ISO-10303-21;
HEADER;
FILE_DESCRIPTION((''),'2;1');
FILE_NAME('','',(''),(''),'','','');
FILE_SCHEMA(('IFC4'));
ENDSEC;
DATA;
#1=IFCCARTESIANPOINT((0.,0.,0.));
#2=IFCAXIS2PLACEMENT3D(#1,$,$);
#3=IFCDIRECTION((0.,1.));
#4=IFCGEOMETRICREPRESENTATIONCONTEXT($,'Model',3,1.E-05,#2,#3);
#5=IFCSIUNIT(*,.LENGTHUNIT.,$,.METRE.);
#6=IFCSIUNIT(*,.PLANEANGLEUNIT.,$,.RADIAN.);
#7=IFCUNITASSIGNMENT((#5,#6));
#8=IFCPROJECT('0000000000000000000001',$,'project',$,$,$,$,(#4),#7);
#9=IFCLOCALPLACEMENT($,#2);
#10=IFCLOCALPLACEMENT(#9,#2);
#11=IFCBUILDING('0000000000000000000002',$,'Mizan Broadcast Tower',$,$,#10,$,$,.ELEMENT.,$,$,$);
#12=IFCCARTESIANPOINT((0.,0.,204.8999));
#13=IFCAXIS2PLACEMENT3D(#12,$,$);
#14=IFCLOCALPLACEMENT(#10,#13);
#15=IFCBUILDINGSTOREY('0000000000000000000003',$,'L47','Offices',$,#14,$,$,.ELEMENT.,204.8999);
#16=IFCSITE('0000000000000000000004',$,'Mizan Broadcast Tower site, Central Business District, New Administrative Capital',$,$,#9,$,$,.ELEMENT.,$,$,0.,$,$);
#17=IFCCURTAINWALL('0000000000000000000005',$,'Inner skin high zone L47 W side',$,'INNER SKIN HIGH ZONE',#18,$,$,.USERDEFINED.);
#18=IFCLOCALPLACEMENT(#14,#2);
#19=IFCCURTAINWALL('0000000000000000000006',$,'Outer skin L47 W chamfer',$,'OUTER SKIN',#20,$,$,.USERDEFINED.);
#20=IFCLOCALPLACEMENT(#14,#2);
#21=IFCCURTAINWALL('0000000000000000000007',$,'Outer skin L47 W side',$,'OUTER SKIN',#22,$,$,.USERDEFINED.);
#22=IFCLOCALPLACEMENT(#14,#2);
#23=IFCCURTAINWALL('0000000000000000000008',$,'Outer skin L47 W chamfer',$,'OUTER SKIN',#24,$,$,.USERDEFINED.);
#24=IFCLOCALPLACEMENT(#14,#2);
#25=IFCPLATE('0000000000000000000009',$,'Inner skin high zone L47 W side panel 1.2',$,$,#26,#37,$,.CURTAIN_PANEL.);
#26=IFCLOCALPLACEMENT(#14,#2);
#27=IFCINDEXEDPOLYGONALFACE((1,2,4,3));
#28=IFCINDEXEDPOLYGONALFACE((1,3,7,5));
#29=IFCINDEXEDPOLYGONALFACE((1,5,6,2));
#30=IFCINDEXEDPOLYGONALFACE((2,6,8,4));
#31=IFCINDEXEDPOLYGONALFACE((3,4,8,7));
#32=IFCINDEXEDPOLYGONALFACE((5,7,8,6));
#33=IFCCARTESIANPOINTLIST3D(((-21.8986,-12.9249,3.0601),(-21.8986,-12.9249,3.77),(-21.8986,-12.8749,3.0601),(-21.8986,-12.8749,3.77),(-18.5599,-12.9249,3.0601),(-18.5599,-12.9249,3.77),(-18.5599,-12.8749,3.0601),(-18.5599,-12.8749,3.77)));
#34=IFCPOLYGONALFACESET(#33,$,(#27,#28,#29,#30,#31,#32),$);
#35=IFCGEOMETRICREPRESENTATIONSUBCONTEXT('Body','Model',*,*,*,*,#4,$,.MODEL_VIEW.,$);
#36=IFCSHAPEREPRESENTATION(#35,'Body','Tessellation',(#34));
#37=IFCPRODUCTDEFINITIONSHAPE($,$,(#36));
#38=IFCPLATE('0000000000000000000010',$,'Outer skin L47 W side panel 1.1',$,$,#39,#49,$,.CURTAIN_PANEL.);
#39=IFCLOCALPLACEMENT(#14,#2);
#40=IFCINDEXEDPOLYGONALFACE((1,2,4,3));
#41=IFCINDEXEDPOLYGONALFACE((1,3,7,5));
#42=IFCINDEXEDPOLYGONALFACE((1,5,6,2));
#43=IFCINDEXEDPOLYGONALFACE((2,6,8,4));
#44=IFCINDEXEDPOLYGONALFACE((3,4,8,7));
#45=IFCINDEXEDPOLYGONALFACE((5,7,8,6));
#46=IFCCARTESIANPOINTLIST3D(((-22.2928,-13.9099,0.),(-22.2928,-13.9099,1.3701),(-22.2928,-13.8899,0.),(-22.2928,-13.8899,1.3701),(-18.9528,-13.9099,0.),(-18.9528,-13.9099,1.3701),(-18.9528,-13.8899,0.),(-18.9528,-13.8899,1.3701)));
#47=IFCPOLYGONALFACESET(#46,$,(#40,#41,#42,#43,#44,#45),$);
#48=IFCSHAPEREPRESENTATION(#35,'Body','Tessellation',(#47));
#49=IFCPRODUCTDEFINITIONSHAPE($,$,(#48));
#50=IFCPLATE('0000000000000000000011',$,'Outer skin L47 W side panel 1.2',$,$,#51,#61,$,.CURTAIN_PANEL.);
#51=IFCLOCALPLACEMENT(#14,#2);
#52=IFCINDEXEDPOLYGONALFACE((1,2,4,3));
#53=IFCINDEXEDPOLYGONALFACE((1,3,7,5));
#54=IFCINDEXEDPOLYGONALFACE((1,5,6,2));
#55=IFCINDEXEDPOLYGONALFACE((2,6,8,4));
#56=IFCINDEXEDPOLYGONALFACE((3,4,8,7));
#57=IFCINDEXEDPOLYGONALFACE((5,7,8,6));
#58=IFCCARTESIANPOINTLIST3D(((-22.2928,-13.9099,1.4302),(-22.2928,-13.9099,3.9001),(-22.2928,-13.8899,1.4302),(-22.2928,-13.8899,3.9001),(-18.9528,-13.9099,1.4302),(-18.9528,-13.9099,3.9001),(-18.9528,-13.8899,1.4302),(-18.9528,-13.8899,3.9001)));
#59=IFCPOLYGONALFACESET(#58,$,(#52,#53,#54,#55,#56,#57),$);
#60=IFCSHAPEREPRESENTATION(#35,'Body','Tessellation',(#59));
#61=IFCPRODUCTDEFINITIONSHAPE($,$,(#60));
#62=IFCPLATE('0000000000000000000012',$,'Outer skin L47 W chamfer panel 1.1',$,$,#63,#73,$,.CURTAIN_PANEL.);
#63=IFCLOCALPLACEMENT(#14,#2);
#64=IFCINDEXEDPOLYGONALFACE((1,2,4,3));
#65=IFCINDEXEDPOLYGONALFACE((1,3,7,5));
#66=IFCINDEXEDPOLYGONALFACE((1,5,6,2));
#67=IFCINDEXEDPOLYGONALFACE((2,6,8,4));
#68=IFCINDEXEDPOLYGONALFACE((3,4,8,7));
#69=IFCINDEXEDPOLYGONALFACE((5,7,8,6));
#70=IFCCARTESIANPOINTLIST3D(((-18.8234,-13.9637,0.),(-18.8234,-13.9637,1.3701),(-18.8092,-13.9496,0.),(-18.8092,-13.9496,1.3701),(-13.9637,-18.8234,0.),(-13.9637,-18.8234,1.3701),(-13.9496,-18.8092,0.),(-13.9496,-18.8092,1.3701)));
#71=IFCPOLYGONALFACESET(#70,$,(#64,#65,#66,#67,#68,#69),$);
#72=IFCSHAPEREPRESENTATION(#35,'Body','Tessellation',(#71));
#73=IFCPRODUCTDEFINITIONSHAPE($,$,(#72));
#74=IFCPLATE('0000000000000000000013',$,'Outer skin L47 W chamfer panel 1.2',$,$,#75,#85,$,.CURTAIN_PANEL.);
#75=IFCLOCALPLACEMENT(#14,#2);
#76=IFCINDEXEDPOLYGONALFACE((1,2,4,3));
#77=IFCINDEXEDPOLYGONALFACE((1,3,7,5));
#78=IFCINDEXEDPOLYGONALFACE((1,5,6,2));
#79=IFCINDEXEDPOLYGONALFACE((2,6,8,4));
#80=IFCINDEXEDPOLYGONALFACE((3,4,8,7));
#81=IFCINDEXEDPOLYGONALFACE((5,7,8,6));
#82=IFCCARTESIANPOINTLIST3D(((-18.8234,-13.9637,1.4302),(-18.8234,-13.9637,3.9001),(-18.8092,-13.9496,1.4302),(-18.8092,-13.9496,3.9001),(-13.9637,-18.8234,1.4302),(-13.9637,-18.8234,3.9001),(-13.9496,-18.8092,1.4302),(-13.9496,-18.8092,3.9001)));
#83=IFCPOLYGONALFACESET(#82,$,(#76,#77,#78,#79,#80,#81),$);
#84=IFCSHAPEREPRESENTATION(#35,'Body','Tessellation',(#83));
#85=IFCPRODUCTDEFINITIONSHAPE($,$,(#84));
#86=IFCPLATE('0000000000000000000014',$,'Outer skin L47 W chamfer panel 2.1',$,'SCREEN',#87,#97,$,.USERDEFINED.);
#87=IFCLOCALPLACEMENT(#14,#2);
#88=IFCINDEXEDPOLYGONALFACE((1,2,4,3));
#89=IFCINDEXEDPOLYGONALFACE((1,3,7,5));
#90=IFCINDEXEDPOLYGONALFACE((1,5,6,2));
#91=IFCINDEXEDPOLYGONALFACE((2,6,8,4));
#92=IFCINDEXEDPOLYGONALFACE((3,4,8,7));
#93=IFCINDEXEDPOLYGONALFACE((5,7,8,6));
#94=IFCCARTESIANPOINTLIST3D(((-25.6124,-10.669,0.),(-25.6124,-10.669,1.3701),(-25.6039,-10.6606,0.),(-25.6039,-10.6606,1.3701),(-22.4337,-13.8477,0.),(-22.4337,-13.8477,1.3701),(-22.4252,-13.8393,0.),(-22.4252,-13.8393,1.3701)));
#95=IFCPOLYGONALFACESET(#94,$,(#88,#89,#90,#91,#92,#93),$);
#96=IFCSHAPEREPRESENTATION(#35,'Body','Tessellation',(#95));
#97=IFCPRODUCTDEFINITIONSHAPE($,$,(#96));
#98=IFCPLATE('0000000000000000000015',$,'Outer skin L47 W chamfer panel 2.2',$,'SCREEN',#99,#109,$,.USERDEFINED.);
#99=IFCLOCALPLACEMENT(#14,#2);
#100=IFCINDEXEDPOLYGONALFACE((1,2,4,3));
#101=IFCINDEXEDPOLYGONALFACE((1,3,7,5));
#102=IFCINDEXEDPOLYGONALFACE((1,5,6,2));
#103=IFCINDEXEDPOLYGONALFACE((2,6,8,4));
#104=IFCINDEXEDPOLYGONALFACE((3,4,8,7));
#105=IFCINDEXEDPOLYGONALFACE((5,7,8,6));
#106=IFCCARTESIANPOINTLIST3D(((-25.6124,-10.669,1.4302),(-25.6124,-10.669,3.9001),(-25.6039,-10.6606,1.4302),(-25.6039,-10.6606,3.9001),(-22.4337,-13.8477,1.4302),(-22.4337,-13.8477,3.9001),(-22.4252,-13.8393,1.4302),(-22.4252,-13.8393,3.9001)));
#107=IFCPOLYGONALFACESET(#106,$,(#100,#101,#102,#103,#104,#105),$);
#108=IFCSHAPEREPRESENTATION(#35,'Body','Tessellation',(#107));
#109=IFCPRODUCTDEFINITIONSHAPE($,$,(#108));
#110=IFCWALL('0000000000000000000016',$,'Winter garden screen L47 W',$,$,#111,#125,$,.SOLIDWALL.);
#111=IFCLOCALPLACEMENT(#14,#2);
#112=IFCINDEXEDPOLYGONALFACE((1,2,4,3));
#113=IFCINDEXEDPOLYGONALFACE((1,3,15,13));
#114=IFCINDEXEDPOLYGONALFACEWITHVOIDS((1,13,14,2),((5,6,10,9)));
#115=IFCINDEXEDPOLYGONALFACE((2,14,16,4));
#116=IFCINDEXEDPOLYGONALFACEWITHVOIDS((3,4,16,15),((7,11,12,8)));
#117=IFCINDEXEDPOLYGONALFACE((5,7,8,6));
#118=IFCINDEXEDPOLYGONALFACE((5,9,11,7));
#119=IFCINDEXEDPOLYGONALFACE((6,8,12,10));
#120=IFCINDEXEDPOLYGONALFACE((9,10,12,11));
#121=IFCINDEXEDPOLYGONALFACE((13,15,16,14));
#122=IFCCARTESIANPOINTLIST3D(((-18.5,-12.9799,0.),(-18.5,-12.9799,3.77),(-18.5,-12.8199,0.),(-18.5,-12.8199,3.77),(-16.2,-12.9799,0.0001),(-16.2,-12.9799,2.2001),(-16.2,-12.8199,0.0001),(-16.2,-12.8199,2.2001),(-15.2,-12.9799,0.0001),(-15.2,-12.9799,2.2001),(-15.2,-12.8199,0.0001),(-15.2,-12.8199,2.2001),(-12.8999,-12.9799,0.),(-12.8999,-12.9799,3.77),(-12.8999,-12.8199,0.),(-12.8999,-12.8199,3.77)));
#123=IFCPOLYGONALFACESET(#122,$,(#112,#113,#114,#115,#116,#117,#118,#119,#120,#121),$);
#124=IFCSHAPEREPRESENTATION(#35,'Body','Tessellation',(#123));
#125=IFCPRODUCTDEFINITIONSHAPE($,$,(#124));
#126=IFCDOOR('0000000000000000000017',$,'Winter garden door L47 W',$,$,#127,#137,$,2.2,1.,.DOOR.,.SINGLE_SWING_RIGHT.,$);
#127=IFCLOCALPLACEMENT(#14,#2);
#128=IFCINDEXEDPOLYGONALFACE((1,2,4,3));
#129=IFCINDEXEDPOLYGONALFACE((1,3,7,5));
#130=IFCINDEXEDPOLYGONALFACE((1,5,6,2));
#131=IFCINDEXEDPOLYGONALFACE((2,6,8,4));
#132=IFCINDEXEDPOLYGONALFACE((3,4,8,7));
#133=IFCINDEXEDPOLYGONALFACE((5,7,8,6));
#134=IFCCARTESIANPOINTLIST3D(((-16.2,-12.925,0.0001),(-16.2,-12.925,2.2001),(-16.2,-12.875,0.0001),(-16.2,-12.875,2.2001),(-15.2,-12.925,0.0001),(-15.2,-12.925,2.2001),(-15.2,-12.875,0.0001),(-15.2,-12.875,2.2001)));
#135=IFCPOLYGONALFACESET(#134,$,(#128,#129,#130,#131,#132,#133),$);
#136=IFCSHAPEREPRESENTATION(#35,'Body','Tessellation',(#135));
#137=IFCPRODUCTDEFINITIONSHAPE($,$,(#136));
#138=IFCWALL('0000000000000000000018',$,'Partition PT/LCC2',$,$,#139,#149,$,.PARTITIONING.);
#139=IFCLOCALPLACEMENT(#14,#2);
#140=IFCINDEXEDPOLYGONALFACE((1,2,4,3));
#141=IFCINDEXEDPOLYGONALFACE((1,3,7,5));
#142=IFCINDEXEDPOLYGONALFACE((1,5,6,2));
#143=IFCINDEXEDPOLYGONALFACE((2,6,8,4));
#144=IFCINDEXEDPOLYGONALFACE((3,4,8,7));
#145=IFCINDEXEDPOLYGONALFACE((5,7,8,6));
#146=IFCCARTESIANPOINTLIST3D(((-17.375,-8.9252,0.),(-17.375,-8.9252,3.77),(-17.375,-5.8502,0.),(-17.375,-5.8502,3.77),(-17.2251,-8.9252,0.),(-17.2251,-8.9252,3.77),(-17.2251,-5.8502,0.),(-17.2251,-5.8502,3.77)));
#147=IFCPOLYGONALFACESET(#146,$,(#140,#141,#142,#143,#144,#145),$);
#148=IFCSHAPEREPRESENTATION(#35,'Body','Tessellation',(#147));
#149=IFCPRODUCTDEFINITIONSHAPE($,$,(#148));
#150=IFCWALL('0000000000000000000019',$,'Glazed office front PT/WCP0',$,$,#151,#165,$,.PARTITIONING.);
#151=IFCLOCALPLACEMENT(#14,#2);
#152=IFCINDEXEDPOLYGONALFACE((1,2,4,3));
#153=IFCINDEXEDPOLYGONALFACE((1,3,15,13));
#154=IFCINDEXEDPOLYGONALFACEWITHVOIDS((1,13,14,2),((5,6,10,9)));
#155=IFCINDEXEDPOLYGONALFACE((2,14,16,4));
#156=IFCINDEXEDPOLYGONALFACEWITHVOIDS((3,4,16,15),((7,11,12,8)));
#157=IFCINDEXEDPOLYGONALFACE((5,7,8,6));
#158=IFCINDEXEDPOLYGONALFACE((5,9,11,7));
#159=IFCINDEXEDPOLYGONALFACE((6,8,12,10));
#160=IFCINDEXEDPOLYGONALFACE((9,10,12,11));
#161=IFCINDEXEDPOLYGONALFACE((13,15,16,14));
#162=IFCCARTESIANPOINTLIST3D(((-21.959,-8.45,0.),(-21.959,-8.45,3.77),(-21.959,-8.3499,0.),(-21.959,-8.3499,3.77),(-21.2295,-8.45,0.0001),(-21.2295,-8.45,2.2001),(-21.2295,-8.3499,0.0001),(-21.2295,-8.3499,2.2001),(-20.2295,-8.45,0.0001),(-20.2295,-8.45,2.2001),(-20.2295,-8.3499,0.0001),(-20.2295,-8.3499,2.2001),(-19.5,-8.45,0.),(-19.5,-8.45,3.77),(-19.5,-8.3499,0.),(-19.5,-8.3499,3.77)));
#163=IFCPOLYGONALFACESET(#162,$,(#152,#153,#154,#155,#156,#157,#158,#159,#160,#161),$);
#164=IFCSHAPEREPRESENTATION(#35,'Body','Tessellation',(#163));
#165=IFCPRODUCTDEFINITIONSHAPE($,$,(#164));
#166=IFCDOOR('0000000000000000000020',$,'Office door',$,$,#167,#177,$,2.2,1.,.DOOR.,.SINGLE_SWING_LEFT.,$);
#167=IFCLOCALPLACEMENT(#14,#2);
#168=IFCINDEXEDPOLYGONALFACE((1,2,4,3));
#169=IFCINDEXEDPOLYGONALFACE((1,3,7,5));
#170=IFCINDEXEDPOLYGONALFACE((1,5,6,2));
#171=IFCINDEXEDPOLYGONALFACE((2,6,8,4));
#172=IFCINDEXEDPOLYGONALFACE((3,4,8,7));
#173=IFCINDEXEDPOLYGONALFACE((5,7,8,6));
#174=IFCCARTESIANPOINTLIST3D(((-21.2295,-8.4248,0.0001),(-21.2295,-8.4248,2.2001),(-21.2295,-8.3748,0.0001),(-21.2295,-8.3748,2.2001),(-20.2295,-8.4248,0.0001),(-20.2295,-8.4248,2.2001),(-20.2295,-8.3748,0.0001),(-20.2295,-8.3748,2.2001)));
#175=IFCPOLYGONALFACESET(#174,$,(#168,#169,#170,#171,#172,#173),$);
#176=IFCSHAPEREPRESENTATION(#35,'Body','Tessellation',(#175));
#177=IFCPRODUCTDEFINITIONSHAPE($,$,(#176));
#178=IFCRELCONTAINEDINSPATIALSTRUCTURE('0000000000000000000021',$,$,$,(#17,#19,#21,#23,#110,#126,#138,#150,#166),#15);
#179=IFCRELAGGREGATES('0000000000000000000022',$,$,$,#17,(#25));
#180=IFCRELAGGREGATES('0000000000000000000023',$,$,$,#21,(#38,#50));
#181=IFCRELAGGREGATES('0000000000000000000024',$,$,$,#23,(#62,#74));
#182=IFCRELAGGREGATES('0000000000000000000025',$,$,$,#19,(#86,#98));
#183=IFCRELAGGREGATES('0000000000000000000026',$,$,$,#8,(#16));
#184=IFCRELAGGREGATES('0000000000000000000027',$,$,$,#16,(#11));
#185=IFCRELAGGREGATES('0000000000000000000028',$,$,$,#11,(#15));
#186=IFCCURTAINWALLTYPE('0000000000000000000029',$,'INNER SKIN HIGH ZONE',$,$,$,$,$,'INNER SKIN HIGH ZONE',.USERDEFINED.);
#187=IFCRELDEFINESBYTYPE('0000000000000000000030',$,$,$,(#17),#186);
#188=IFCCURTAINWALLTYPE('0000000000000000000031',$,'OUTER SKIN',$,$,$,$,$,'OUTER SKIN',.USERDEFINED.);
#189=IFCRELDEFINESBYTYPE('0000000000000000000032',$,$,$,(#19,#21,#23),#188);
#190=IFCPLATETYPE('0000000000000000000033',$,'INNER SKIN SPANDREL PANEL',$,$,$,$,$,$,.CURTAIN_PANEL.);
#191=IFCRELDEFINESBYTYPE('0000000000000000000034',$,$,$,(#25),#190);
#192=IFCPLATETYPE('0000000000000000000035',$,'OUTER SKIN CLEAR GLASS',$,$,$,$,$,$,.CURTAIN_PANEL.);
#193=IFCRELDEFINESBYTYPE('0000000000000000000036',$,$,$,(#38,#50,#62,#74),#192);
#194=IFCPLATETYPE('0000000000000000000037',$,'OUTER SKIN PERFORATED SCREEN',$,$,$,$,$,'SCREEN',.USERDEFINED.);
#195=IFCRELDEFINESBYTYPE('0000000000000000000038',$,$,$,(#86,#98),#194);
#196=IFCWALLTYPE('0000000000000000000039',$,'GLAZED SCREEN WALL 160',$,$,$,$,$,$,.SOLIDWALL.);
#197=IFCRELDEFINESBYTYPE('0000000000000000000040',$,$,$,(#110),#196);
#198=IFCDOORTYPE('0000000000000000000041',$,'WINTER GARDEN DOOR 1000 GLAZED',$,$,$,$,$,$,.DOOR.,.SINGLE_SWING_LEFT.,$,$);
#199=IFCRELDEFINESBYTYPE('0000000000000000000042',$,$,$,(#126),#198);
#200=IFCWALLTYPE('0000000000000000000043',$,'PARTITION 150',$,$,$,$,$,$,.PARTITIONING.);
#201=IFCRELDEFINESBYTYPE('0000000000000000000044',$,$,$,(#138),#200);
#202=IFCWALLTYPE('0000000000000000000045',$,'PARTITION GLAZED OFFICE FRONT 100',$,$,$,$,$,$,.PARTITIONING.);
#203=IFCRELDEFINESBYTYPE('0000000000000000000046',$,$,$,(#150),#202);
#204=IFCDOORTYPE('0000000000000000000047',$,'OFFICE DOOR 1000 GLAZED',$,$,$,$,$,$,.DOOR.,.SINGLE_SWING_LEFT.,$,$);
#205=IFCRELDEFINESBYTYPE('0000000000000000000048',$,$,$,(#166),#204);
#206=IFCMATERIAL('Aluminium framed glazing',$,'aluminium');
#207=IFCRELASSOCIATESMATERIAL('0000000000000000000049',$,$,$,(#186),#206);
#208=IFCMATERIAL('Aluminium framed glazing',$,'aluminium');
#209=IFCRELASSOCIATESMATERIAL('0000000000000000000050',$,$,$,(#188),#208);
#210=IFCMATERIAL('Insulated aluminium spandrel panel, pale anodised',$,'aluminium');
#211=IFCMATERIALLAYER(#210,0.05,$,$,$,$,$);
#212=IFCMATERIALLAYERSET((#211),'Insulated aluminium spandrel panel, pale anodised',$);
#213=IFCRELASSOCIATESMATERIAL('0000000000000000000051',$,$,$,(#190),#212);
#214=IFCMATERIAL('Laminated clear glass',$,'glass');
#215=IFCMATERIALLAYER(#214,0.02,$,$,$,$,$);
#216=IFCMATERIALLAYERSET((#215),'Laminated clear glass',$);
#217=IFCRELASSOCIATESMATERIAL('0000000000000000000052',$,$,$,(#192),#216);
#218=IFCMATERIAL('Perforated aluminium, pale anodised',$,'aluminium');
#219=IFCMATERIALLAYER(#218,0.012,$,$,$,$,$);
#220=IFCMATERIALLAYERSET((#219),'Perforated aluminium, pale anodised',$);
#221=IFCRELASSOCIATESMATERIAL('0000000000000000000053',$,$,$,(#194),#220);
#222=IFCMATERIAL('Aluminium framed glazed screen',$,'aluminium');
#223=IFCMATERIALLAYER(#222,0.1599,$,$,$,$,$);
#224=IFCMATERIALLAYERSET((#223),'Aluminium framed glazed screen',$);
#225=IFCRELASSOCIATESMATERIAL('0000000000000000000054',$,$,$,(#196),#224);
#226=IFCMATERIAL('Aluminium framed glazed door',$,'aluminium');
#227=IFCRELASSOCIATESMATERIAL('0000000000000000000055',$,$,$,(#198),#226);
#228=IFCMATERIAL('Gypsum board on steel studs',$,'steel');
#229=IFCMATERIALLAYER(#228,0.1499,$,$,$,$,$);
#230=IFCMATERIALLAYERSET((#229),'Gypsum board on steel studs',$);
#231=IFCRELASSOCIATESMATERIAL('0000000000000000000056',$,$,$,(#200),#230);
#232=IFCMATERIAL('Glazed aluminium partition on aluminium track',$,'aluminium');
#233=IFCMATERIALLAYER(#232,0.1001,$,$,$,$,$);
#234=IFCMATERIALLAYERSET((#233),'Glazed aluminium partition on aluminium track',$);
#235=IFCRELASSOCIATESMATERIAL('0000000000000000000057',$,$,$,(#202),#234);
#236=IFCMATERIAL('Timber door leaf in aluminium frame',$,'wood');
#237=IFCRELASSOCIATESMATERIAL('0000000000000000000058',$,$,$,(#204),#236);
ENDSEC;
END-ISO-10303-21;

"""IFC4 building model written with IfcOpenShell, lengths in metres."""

from ifc_helpers import new_model, si_unit, direction, frame, frame_2d, origin, origin_2d, place, context, subcontext, project, spatial, rectangle, extrude, material, layer, layer_set, type_object, element, fill, aggregate, save


model = new_model("IFC4")

# Units and contexts
model_context = context("Model", 3, precision=1e-05, world=origin(), true_north=direction((0.0, 1.0)))
body_context = subcontext(model_context, "Body", "Model", "MODEL_VIEW")
ifc_project = project(units=[si_unit("LENGTHUNIT", "METRE"), si_unit("PLANEANGLEUNIT", "RADIAN")], contexts=[model_context])

# Site, building, storey
site_placement = place(None, origin())
site = spatial("IfcSite", under=ifc_project, at=site_placement, Name="Mizan Broadcast Tower site, Central Business District, New Administrative Capital", CompositionType="ELEMENT", RefElevation=0.0)
building_placement = place(site_placement, origin())
building = spatial("IfcBuilding", under=site, at=building_placement, Name="Mizan Broadcast Tower", CompositionType="ELEMENT")
storey_placement = place(building_placement, frame((0.0, 0.0, 204.8999)))
storey = spatial("IfcBuildingStorey", under=building, at=storey_placement, Name="L47", Description="Offices", CompositionType="ELEMENT", Elevation=204.8999)

# Shared definitions
ifc_material_1 = material(Name="Aluminium framed glazing", Category="aluminium")
curtain_wall_type_1 = type_object("IfcCurtainWallType", Name="INNER SKIN HIGH ZONE", ElementType="INNER SKIN HIGH ZONE", PredefinedType="USERDEFINED", material=ifc_material_1)

# Curtain wall
curtain_wall_1_placement = place(storey_placement, origin())
curtain_wall_1 = element("IfcCurtainWall", 1, at=curtain_wall_1_placement, inside=storey, type_object=curtain_wall_type_1, Name="Inner skin high zone L47 W side", ObjectType="INNER SKIN HIGH ZONE", PredefinedType="USERDEFINED")

# Curtain wall
ifc_material_2 = material(Name="Aluminium framed glazing", Category="aluminium")
curtain_wall_type_2 = type_object("IfcCurtainWallType", Name="OUTER SKIN", ElementType="OUTER SKIN", PredefinedType="USERDEFINED", material=ifc_material_2)
curtain_wall_2_placement = place(storey_placement, origin())
curtain_wall_2 = element("IfcCurtainWall", 2, at=curtain_wall_2_placement, inside=storey, type_object=curtain_wall_type_2, Name="Outer skin L47 W chamfer", ObjectType="OUTER SKIN", PredefinedType="USERDEFINED")

# Curtain wall
curtain_wall_3_placement = place(storey_placement, origin())
curtain_wall_3 = element("IfcCurtainWall", 3, at=curtain_wall_3_placement, inside=storey, type_object=curtain_wall_type_2, Name="Outer skin L47 W side", ObjectType="OUTER SKIN", PredefinedType="USERDEFINED")

# Curtain wall
curtain_wall_4_placement = place(storey_placement, origin())
curtain_wall_4 = element("IfcCurtainWall", 4, at=curtain_wall_4_placement, inside=storey, type_object=curtain_wall_type_2, Name="Outer skin L47 W chamfer", ObjectType="OUTER SKIN", PredefinedType="USERDEFINED")

# Plates
ifc_material_3 = material(Name="Insulated aluminium spandrel panel, pale anodised", Category="aluminium")
ifc_layer_1 = layer(ifc_material_3, 0.05)
ifc_layer_set_1 = layer_set([ifc_layer_1], Name="Insulated aluminium spandrel panel, pale anodised")
plate_type_1 = type_object("IfcPlateType", Name="INNER SKIN SPANDREL PANEL", PredefinedType="CURTAIN_PANEL", material=ifc_layer_set_1)
plate_1_placement = place(storey_placement, frame((-20.2292, -12.8999, 3.0601), z_axis=(0.0, 0.0, 1.0), x_axis=(1.0, 0.0, 0.0)))
plate_1 = element("IfcPlate", 5, at=plate_1_placement, type_object=plate_type_1, Name="Inner skin high zone L47 W side panel 1.2", PredefinedType="CURTAIN_PANEL", context=body_context, shape_type="SweptSolid", body=[
    extrude(rectangle(XDim=3.3386, YDim=0.05, at=origin_2d()), origin(), (0.0, 0.0, 1.0), 0.71),
])
aggregate(curtain_wall_1, [plate_1])
ifc_material_4 = material(Name="Laminated clear glass", Category="glass")
ifc_layer_2 = layer(ifc_material_4, 0.02)
ifc_layer_set_2 = layer_set([ifc_layer_2], Name="Laminated clear glass")
plate_type_2 = type_object("IfcPlateType", Name="OUTER SKIN CLEAR GLASS", PredefinedType="CURTAIN_PANEL", material=ifc_layer_set_2)
plate_2_placement = place(storey_placement, frame((-20.6228, -13.8999, 0.0), z_axis=(0.0, 0.0, 1.0), x_axis=(1.0, 0.0, 0.0)))
plate_2 = element("IfcPlate", 6, at=plate_2_placement, type_object=plate_type_2, Name="Outer skin L47 W side panel 1.1", PredefinedType="CURTAIN_PANEL", context=body_context, shape_type="SweptSolid", body=[
    extrude(rectangle(XDim=3.3401, YDim=0.02, at=origin_2d()), origin(), (0.0, 0.0, 1.0), 1.3701),
])
plate_3_placement = place(storey_placement, frame((-20.6228, -13.8999, 1.4302), z_axis=(0.0, 0.0, 1.0), x_axis=(1.0, 0.0, 0.0)))
plate_3 = element("IfcPlate", 7, at=plate_3_placement, type_object=plate_type_2, Name="Outer skin L47 W side panel 1.2", PredefinedType="CURTAIN_PANEL", context=body_context, shape_type="SweptSolid", body=[
    extrude(rectangle(XDim=3.3401, YDim=0.02, at=origin_2d()), origin(), (0.0, 0.0, 1.0), 2.47),
])
aggregate(curtain_wall_3, [plate_2, plate_3])
plate_4_placement = place(storey_placement, frame((-16.3865, -16.3865, 0.0), z_axis=(0.0, 0.0, 1.0), x_axis=(0.707107, -0.707107, 0.0)))
plate_4 = element("IfcPlate", 8, at=plate_4_placement, type_object=plate_type_2, Name="Outer skin L47 W chamfer panel 1.1", PredefinedType="CURTAIN_PANEL", context=body_context, shape_type="SweptSolid", body=[
    extrude(rectangle(XDim=6.8726, YDim=0.02, at=origin_2d()), origin(), (0.0, 0.0, 1.0), 1.3701),
])
plate_5_placement = place(storey_placement, frame((-16.3865, -16.3865, 1.4302), z_axis=(0.0, 0.0, 1.0), x_axis=(0.707107, -0.707107, 0.0)))
plate_5 = element("IfcPlate", 9, at=plate_5_placement, type_object=plate_type_2, Name="Outer skin L47 W chamfer panel 1.2", PredefinedType="CURTAIN_PANEL", context=body_context, shape_type="SweptSolid", body=[
    extrude(rectangle(XDim=6.8726, YDim=0.02, at=origin_2d()), origin(), (0.0, 0.0, 1.0), 2.47),
])
aggregate(curtain_wall_4, [plate_4, plate_5])
ifc_material_5 = material(Name="Perforated aluminium, pale anodised", Category="aluminium")
ifc_layer_3 = layer(ifc_material_5, 0.012)
ifc_layer_set_3 = layer_set([ifc_layer_3], Name="Perforated aluminium, pale anodised")
plate_type_3 = type_object("IfcPlateType", Name="OUTER SKIN PERFORATED SCREEN", ElementType="SCREEN", PredefinedType="USERDEFINED", material=ifc_layer_set_3)
plate_6_placement = place(storey_placement, frame((-24.0188, -12.2542, 0.0), z_axis=(0.0, 0.0, 1.0), x_axis=(0.707107, -0.707107, 0.0)))
plate_6 = element("IfcPlate", 10, at=plate_6_placement, type_object=plate_type_3, Name="Outer skin L47 W chamfer panel 2.1", ObjectType="SCREEN", PredefinedType="USERDEFINED", context=body_context, shape_type="SweptSolid", body=[
    extrude(rectangle(XDim=4.4954, YDim=0.012, at=origin_2d()), origin(), (0.0, 0.0, 1.0), 1.3701),
])
plate_7_placement = place(storey_placement, frame((-24.0188, -12.2542, 1.4302), z_axis=(0.0, 0.0, 1.0), x_axis=(0.707107, -0.707107, 0.0)))
plate_7 = element("IfcPlate", 11, at=plate_7_placement, type_object=plate_type_3, Name="Outer skin L47 W chamfer panel 2.2", ObjectType="SCREEN", PredefinedType="USERDEFINED", context=body_context, shape_type="SweptSolid", body=[
    extrude(rectangle(XDim=4.4954, YDim=0.012, at=origin_2d()), origin(), (0.0, 0.0, 1.0), 2.47),
])
aggregate(curtain_wall_2, [plate_6, plate_7])

# Wall, opening, door
ifc_material_6 = material(Name="Aluminium framed glazed screen", Category="aluminium")
ifc_layer_4 = layer(ifc_material_6, 0.1599)
ifc_layer_set_4 = layer_set([ifc_layer_4], Name="Aluminium framed glazed screen")
wall_type_1 = type_object("IfcWallType", Name="GLAZED SCREEN WALL 160", PredefinedType="SOLIDWALL", material=ifc_layer_set_4)
wall_1_placement = place(storey_placement, frame((-18.5, -12.8999, 0.0), z_axis=(0.0, 0.0, 1.0), x_axis=(1.0, 0.0, 0.0)))
wall_1 = element("IfcWall", 12, at=wall_1_placement, inside=storey, type_object=wall_type_1, Name="Winter garden screen L47 W", PredefinedType="SOLIDWALL", context=body_context, shape_type="SweptSolid", body=[
    extrude(rectangle(XDim=5.6001, YDim=0.1599, at=frame_2d((2.8, 0.0))), origin(), (0.0, 0.0, 1.0), 3.77),
])
opening_1_placement = place(wall_1_placement, frame((2.3, 0.0, 0.0)))
opening_1 = element("IfcOpeningElement", 13, at=opening_1_placement, cuts=wall_1, PredefinedType="OPENING", context=body_context, shape_type="SweptSolid", body=[
    extrude(rectangle(XDim=1.0, YDim=2.2, at=frame_2d((0.5, 1.1001))), frame((0.0, 0.0898, 0.0), z_axis=(0.0, -1.0, 0.0), x_axis=(1.0, 0.0, 0.0)), (0.0, 0.0, 1.0), 0.1799),
])
ifc_material_7 = material(Name="Aluminium framed glazed door", Category="aluminium")
door_type_1 = type_object("IfcDoorType", Name="WINTER GARDEN DOOR 1000 GLAZED", OperationType="SINGLE_SWING_LEFT", PredefinedType="DOOR", material=ifc_material_7)
door_1_placement = place(opening_1_placement, origin())
door_1 = element("IfcDoor", 14, at=door_1_placement, inside=storey, type_object=door_type_1, Name="Winter garden door L47 W", OperationType="SINGLE_SWING_RIGHT", OverallHeight=2.2, OverallWidth=1.0, PredefinedType="DOOR", context=body_context, shape_type="SweptSolid", body=[
    extrude(rectangle(XDim=1.0, YDim=2.2, at=frame_2d((0.5, 1.1001))), frame((0.0, 0.0249, 0.0), z_axis=(0.0, -1.0, 0.0), x_axis=(1.0, 0.0, 0.0)), (0.0, 0.0, 1.0), 0.05),
])
fill(opening_1, door_1)

# Wall
ifc_material_8 = material(Name="Gypsum board on steel studs", Category="steel")
ifc_layer_5 = layer(ifc_material_8, 0.1499)
ifc_layer_set_5 = layer_set([ifc_layer_5], Name="Gypsum board on steel studs")
wall_type_2 = type_object("IfcWallType", Name="PARTITION 150", PredefinedType="PARTITIONING", material=ifc_layer_set_5)
wall_2_placement = place(storey_placement, frame((-17.3, -5.8501, 0.0), z_axis=(0.0, 0.0, 1.0), x_axis=(0.0, -1.0, 0.0)))
element("IfcWall", 15, at=wall_2_placement, inside=storey, type_object=wall_type_2, Name="Partition PT/LCC2", PredefinedType="PARTITIONING", context=body_context, shape_type="SweptSolid", body=[
    extrude(rectangle(XDim=3.075, YDim=0.1499, at=frame_2d((1.5376, 0.0))), origin(), (0.0, 0.0, 1.0), 3.77),
])

# Wall, opening, door
ifc_material_9 = material(Name="Glazed aluminium partition on aluminium track", Category="aluminium")
ifc_layer_6 = layer(ifc_material_9, 0.1001)
ifc_layer_set_6 = layer_set([ifc_layer_6], Name="Glazed aluminium partition on aluminium track")
wall_type_3 = type_object("IfcWallType", Name="PARTITION GLAZED OFFICE FRONT 100", PredefinedType="PARTITIONING", material=ifc_layer_set_6)
wall_3_placement = place(storey_placement, frame((-19.5, -8.3999, 0.0), z_axis=(0.0, 0.0, 1.0), x_axis=(-1.0, 0.0, 0.0)))
wall_3 = element("IfcWall", 16, at=wall_3_placement, inside=storey, type_object=wall_type_3, Name="Glazed office front PT/WCP0", PredefinedType="PARTITIONING", context=body_context, shape_type="SweptSolid", body=[
    extrude(rectangle(XDim=2.459, YDim=0.1001, at=frame_2d((1.2295, 0.0))), origin(), (0.0, 0.0, 1.0), 3.77),
])
opening_2_placement = place(wall_3_placement, frame((0.7295, 0.0, 0.0)))
opening_2 = element("IfcOpeningElement", 17, at=opening_2_placement, cuts=wall_3, PredefinedType="OPENING", context=body_context, shape_type="SweptSolid", body=[
    extrude(rectangle(XDim=1.0, YDim=2.2, at=frame_2d((0.5, 1.1001))), frame((0.0, 0.0601, 0.0), z_axis=(0.0, -1.0, 0.0), x_axis=(1.0, 0.0, 0.0)), (0.0, 0.0, 1.0), 0.1201),
])
ifc_material_10 = material(Name="Timber door leaf in aluminium frame", Category="wood")
door_type_2 = type_object("IfcDoorType", Name="OFFICE DOOR 1000 GLAZED", OperationType="SINGLE_SWING_LEFT", PredefinedType="DOOR", material=ifc_material_10)
door_2_placement = place(opening_2_placement, origin())
door_2 = element("IfcDoor", 18, at=door_2_placement, inside=storey, type_object=door_type_2, Name="Office door", OperationType="SINGLE_SWING_LEFT", OverallHeight=2.2, OverallWidth=1.0, PredefinedType="DOOR", context=body_context, shape_type="SweptSolid", body=[
    extrude(rectangle(XDim=1.0, YDim=2.2, at=frame_2d((0.5, 1.1001))), frame((0.0, 0.0249, 0.0), z_axis=(0.0, -1.0, 0.0), x_axis=(1.0, 0.0, 0.0)), (0.0, 0.0, 1.0), 0.05),
])
fill(opening_2, door_2)

save(model, "model.ifc")
